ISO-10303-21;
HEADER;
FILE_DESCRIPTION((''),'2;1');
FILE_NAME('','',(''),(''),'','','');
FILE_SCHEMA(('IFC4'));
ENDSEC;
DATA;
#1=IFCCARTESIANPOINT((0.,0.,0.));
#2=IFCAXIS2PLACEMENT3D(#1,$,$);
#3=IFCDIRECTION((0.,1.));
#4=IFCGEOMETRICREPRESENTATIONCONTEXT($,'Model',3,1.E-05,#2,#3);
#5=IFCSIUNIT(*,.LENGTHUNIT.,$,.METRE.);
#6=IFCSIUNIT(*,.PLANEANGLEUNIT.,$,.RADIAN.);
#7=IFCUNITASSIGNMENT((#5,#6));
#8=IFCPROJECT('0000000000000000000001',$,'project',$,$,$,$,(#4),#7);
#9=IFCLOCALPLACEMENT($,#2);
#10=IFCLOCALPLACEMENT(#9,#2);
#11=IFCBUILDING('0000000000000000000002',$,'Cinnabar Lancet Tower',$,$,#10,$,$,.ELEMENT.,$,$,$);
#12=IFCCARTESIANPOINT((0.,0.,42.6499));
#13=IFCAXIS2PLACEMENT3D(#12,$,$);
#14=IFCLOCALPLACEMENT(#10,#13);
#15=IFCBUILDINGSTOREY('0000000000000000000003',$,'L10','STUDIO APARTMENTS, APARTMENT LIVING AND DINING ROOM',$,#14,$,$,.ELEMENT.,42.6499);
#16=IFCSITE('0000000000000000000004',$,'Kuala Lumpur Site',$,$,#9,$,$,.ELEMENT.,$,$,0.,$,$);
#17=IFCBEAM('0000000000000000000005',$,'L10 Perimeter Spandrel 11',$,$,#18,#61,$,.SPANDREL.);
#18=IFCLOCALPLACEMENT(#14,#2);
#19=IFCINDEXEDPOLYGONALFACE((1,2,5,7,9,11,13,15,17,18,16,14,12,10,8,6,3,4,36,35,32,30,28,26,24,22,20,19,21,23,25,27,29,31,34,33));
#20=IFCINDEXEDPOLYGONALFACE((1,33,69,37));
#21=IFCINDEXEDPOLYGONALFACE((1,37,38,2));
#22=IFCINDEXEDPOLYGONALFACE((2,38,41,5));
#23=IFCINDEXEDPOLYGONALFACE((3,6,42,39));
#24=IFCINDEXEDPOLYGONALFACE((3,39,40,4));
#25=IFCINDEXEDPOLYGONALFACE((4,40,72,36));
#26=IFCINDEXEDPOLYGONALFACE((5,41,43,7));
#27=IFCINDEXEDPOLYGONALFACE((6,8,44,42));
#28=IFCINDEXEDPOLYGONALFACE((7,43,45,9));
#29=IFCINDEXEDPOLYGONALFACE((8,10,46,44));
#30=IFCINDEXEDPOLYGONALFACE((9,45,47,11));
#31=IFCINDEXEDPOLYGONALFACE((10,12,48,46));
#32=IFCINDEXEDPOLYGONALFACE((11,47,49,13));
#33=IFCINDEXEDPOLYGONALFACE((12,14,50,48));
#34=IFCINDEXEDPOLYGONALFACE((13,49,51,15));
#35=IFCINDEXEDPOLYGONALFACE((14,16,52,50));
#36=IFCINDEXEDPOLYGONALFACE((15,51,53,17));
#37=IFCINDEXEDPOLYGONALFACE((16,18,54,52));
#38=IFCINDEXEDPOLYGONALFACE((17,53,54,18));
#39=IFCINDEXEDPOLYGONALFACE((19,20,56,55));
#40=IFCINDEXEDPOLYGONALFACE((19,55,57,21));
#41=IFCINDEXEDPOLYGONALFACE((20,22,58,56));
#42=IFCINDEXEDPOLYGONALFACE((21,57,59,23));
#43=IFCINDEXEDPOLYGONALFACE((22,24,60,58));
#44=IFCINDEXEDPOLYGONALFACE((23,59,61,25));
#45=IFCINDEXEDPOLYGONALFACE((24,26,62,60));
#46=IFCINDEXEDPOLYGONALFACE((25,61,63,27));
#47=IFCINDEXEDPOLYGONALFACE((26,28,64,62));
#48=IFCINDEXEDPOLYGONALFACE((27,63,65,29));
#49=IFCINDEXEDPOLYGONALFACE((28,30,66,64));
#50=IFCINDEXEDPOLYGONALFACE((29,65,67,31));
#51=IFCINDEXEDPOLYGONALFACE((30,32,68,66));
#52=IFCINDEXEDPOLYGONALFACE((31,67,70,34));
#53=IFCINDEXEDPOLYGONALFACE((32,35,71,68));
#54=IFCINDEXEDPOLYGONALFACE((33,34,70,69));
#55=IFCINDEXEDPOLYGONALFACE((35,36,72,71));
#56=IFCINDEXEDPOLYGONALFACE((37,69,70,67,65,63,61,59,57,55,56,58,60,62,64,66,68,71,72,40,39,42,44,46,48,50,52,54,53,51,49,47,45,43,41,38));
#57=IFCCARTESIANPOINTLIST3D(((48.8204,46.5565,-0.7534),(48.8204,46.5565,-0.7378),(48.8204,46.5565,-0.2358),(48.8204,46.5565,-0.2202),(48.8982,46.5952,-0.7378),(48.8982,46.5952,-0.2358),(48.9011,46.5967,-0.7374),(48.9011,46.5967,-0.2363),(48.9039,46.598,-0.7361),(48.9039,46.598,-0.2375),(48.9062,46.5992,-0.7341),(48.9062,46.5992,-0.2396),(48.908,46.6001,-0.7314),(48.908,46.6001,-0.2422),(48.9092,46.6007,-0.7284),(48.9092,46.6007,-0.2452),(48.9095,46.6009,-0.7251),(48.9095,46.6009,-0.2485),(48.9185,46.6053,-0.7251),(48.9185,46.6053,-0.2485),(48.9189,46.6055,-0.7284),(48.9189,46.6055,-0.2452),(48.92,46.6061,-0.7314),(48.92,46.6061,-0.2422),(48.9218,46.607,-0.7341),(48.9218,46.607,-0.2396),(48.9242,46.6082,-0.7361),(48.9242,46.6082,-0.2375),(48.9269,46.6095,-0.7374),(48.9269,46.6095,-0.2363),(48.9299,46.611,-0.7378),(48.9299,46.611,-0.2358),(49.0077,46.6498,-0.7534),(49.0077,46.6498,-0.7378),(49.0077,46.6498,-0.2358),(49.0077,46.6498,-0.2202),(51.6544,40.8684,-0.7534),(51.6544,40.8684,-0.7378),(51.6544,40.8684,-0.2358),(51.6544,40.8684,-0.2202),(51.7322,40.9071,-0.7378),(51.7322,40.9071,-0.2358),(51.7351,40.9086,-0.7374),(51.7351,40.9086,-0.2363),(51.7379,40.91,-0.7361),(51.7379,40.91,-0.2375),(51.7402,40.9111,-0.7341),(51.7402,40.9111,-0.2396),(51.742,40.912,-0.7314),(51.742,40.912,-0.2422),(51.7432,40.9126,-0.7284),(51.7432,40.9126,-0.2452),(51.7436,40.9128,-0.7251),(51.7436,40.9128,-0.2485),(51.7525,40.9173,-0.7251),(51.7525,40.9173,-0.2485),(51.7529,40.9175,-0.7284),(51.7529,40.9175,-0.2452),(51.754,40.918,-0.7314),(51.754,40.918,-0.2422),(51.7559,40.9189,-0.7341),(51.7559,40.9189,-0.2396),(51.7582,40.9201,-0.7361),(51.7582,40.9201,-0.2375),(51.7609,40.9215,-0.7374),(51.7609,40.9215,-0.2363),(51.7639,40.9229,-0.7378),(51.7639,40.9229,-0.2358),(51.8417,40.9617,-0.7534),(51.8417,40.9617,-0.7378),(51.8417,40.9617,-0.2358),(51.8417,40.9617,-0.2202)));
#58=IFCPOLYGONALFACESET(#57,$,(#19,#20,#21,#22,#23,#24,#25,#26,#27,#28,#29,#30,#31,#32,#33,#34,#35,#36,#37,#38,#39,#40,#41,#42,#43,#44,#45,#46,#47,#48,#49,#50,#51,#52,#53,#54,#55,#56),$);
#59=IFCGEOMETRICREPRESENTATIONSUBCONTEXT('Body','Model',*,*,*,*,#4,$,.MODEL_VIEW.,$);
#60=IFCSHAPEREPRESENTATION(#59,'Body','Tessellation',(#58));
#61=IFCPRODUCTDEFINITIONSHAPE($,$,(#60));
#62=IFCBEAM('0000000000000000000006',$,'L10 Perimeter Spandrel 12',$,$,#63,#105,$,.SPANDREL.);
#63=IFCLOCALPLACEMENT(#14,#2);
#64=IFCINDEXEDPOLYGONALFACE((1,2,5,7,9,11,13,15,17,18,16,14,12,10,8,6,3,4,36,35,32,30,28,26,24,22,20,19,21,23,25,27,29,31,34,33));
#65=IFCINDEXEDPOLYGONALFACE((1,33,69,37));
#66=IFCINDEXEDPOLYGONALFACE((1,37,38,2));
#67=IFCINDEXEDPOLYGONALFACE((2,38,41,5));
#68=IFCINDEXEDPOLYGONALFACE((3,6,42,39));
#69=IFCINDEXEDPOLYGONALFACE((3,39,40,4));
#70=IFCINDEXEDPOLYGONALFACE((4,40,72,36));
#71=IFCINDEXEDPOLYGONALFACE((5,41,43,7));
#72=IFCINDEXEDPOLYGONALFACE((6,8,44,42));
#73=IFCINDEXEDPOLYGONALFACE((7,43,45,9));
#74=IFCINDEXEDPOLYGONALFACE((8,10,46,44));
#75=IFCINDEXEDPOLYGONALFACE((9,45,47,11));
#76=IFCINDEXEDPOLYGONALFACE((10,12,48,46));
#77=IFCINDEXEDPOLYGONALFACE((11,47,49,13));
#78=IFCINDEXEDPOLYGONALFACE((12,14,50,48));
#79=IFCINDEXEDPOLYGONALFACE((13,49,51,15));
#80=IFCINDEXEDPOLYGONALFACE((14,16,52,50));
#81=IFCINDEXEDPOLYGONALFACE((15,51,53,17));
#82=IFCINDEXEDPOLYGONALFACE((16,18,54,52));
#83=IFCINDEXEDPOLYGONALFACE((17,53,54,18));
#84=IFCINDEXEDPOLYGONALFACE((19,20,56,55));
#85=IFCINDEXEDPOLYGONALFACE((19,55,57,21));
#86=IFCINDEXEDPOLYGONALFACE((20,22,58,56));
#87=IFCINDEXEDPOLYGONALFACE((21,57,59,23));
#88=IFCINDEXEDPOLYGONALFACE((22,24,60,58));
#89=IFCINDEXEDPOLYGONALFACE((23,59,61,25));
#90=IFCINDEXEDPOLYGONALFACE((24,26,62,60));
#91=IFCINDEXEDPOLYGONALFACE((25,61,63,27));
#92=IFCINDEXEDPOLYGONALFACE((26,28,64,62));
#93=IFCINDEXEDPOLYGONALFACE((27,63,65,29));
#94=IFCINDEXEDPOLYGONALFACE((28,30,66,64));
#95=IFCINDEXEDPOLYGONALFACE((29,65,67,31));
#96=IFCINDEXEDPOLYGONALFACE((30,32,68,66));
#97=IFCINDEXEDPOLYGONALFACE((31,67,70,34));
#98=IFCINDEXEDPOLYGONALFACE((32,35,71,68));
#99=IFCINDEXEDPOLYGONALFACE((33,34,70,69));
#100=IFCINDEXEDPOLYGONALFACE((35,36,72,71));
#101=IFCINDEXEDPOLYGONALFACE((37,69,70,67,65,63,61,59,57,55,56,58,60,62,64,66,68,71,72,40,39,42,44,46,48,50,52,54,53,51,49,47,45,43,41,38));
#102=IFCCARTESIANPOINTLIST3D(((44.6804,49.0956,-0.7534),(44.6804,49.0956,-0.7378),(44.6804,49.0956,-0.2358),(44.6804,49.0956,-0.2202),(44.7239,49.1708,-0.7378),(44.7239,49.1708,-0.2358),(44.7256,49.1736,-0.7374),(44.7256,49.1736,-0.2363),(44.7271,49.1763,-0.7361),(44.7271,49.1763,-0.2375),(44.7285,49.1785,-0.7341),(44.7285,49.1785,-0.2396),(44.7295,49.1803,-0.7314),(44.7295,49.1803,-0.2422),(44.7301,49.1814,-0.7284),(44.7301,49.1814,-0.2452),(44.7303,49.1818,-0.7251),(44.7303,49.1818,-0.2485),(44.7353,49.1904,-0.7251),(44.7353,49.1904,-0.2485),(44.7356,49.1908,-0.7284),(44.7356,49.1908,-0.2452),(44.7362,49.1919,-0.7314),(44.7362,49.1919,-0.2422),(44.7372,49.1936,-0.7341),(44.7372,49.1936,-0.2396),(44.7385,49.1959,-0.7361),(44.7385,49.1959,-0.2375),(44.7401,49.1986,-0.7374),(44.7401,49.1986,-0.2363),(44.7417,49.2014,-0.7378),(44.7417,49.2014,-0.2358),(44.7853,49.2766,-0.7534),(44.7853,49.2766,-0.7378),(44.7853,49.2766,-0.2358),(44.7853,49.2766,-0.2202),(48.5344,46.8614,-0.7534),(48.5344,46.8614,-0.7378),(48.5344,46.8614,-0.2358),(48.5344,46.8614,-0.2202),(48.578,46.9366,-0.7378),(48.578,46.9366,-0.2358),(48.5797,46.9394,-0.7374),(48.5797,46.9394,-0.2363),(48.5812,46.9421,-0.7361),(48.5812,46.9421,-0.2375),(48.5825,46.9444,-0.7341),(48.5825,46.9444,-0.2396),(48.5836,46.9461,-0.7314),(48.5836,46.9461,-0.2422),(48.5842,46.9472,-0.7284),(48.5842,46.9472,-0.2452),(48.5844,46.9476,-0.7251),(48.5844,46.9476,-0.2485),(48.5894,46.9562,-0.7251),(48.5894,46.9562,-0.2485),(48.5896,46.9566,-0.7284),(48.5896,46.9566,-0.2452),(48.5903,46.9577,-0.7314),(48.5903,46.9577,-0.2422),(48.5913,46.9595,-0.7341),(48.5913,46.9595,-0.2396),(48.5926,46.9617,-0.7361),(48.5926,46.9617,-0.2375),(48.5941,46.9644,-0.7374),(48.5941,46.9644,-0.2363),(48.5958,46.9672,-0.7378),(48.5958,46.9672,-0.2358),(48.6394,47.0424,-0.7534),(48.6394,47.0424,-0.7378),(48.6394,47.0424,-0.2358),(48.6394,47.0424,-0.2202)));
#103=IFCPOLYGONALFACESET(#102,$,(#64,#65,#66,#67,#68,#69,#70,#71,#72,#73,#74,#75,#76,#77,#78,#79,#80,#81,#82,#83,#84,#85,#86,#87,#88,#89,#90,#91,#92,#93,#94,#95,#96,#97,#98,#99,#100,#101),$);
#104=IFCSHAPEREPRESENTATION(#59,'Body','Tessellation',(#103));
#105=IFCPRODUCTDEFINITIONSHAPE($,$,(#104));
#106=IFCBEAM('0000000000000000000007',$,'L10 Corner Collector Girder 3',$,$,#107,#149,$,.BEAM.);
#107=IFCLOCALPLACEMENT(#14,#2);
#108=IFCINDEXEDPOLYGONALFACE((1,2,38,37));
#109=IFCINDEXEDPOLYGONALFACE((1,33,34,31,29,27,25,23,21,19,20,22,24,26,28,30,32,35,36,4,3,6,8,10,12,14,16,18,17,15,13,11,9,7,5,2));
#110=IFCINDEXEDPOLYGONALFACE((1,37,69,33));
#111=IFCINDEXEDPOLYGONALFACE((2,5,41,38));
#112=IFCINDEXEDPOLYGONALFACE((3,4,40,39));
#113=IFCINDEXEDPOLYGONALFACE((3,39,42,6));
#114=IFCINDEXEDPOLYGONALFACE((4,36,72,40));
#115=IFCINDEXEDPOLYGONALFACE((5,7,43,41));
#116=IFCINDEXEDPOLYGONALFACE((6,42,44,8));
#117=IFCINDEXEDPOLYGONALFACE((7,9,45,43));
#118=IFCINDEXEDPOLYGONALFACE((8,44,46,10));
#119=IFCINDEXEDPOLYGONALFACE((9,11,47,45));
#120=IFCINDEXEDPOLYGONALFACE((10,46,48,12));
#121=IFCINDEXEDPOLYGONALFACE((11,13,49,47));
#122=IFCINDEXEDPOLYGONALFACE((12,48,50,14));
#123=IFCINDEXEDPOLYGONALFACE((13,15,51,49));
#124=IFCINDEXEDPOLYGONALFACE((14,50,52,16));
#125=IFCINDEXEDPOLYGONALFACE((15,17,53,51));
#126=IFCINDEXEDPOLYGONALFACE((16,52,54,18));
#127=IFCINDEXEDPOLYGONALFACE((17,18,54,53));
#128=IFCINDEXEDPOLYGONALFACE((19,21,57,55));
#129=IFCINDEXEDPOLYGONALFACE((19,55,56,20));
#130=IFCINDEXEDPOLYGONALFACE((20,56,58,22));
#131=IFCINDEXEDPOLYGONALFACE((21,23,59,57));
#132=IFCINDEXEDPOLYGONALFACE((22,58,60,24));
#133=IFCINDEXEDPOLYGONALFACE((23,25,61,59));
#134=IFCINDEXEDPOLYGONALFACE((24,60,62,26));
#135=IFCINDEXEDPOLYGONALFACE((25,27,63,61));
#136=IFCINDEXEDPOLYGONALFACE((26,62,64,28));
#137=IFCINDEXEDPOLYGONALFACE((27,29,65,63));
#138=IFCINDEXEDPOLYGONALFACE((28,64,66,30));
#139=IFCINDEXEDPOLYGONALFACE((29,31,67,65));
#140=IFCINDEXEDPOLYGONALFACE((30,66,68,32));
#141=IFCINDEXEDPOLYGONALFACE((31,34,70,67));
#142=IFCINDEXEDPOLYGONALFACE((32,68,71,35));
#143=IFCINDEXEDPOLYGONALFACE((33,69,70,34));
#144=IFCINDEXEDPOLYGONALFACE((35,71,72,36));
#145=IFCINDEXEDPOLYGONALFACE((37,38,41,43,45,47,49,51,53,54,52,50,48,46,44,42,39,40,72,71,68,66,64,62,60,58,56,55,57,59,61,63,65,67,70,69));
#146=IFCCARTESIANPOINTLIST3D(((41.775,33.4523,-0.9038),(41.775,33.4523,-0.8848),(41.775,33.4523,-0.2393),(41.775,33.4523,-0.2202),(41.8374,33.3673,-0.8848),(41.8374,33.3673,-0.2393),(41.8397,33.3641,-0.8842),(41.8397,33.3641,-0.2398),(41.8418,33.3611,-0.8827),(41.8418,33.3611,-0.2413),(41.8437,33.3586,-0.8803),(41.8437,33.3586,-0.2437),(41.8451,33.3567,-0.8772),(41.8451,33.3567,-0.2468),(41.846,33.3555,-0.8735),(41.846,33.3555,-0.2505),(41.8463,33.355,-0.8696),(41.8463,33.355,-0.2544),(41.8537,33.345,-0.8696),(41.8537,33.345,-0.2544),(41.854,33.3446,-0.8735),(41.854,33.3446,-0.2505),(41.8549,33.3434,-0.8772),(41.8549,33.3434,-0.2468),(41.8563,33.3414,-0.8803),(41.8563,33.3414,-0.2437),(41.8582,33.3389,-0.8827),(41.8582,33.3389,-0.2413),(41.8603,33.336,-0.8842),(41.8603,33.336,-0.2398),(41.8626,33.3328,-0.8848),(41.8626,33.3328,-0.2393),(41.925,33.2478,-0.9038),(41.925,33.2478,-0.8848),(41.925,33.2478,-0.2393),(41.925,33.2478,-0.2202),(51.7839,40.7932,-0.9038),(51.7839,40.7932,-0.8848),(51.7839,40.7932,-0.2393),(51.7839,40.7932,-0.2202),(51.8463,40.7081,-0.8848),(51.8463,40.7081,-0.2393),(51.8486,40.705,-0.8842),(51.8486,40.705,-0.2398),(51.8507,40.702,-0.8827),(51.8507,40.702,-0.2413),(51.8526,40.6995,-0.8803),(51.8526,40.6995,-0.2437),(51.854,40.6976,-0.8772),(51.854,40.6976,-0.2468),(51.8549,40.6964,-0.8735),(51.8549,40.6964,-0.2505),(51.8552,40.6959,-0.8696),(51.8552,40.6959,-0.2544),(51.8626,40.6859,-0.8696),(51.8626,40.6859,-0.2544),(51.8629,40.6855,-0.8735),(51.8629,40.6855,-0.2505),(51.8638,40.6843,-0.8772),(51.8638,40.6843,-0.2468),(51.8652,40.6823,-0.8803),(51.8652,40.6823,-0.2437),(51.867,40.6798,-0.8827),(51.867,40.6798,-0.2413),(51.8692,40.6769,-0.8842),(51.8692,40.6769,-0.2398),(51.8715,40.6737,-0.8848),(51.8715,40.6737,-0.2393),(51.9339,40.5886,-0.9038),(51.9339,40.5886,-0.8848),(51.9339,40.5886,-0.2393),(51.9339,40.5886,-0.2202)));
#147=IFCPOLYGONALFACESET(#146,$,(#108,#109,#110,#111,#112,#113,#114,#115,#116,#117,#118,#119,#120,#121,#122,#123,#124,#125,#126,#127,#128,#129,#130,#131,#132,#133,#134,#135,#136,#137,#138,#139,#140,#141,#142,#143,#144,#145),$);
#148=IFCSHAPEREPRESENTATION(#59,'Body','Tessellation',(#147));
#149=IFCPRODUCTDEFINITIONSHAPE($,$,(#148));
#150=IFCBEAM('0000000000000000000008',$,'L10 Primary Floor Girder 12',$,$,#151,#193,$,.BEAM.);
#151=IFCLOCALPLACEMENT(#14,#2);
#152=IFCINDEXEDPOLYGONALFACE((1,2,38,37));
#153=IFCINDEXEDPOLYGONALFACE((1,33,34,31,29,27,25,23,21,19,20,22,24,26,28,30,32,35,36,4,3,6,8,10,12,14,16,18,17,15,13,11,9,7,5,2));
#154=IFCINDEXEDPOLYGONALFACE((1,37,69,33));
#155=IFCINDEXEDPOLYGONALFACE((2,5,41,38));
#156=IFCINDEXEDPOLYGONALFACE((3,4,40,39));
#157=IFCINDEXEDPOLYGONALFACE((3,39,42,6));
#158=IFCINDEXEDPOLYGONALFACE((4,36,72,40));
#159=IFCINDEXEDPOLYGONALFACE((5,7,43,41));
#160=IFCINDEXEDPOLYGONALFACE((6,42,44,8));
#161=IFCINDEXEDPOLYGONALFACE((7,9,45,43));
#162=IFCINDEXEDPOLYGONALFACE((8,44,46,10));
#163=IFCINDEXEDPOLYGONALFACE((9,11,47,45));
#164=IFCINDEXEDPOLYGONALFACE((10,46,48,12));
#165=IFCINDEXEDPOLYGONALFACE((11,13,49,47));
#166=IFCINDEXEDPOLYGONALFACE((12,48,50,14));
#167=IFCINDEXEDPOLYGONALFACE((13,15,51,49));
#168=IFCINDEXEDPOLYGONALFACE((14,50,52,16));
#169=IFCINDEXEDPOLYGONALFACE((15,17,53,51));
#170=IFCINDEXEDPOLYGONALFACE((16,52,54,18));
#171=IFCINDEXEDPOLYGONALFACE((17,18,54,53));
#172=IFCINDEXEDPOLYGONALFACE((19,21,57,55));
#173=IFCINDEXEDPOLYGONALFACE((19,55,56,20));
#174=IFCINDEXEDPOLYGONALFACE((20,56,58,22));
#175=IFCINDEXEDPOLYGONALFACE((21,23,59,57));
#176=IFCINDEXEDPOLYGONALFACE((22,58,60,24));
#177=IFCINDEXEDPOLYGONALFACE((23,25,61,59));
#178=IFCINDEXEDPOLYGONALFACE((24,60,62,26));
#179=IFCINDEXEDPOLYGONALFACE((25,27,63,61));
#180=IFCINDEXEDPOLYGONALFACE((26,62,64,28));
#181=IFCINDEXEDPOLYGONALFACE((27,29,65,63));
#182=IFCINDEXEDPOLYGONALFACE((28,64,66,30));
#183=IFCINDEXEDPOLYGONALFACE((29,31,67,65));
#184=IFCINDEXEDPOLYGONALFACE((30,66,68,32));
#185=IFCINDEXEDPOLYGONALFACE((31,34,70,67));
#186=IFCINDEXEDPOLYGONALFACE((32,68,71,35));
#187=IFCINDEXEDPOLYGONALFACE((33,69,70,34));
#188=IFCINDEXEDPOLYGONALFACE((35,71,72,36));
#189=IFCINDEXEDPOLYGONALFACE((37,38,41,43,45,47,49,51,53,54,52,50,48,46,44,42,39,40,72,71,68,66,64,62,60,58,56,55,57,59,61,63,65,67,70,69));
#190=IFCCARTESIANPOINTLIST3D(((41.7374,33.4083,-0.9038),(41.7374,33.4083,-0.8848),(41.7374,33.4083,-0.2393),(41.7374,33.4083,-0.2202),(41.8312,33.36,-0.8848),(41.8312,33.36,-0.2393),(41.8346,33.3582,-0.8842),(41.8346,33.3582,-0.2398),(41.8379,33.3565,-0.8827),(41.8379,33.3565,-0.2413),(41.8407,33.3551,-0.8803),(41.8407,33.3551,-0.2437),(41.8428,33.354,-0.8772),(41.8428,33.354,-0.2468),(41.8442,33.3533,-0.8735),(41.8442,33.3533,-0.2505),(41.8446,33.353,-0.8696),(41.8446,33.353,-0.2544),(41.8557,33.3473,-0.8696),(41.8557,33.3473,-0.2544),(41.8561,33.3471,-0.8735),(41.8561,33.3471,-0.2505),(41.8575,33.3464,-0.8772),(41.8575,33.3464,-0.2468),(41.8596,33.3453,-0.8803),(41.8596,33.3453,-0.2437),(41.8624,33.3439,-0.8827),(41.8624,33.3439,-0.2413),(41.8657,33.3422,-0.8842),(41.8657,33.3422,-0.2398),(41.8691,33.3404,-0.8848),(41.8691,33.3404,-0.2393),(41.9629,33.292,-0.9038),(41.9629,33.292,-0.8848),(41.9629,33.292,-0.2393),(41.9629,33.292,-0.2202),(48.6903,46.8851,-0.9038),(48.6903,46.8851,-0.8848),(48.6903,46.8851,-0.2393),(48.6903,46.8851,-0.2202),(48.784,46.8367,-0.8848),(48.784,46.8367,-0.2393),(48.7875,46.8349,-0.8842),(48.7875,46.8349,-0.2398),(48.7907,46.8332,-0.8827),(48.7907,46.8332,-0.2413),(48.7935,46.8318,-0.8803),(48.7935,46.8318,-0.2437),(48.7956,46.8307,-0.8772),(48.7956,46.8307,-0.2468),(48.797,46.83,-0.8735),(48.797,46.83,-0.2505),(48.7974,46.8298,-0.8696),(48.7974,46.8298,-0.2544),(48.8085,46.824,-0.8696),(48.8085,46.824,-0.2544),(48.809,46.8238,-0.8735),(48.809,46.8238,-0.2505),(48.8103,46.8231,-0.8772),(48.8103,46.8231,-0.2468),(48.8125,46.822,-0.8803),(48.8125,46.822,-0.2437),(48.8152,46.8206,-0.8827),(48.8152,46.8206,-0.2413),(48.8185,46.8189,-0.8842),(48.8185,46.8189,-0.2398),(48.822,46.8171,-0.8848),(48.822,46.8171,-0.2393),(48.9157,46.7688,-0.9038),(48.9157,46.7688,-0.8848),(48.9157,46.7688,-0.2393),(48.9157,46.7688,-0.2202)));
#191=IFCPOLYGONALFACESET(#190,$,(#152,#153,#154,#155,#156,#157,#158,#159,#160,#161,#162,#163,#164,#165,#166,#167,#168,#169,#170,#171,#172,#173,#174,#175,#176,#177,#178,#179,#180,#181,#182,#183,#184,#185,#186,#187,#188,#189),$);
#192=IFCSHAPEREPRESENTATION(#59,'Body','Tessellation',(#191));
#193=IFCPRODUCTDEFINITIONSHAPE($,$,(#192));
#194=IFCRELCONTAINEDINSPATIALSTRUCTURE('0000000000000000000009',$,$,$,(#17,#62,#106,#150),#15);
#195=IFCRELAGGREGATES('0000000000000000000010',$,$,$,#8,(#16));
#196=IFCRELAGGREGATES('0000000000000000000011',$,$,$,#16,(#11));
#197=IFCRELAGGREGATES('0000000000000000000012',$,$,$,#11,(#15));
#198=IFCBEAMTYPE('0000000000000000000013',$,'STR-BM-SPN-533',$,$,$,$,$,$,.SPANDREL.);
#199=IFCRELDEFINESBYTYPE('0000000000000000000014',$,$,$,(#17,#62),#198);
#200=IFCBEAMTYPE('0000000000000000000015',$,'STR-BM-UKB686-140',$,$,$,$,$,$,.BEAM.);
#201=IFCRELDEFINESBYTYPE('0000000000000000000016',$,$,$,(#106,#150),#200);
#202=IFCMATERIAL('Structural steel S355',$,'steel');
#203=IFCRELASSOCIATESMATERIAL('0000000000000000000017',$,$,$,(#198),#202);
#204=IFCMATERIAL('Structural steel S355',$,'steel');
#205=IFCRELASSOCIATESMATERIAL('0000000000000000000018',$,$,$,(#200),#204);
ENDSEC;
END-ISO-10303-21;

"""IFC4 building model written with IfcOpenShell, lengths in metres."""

from ifc_helpers import new_model, si_unit, direction, frame, origin, origin_2d, place, context, subcontext, project, spatial, i_section, extrude, material, material_profile, profile_set, type_object, element, save


model = new_model("IFC4")

# Units and contexts
model_context = context("Model", 3, precision=1e-05, world=origin(), true_north=direction((0.0, 1.0)))
body_context = subcontext(model_context, "Body", "Model", "MODEL_VIEW")
ifc_project = project(units=[si_unit("LENGTHUNIT", "METRE"), si_unit("PLANEANGLEUNIT", "RADIAN")], contexts=[model_context])

# Site, building, storey
site_placement = place(None, origin())
site = spatial("IfcSite", under=ifc_project, at=site_placement, Name="Kuala Lumpur Site", CompositionType="ELEMENT", RefElevation=0.0)
building_placement = place(site_placement, origin())
building = spatial("IfcBuilding", under=site, at=building_placement, Name="Cinnabar Lancet Tower", CompositionType="ELEMENT")
storey_placement = place(building_placement, frame((0.0, 0.0, 42.6499)))
storey = spatial("IfcBuildingStorey", under=building, at=storey_placement, Name="L10", Description="STUDIO APARTMENTS, APARTMENT LIVING AND DINING ROOM", CompositionType="ELEMENT", Elevation=42.6499)

# Beams
ifc_material_1 = material(Name="Structural steel S355", Category="steel")
ifc_material_profile_1 = material_profile(ifc_material_1, i_section(OverallWidth=0.2092, OverallDepth=0.5332, WebThickness=0.01, FlangeThickness=0.0156, FilletRadius=0.0127, at=origin_2d()), Name="UKB 533x210x92")
ifc_profile_set_1 = profile_set([ifc_material_profile_1], Name="Structural steel S355")
beam_type_1 = type_object("IfcBeamType", Name="STR-BM-SPN-533", PredefinedType="SPANDREL", material=ifc_profile_set_1)
beam_1_placement = place(storey_placement, frame((51.748, 40.915, -0.4868), z_axis=(-0.445953, 0.895056, 0.0), x_axis=(-0.895056, -0.445953, 0.0)))
element("IfcBeam", 1, at=beam_1_placement, inside=storey, type_object=beam_type_1, Name="L10 Perimeter Spandrel 11", PredefinedType="SPANDREL", context=body_context, shape_type="SweptSolid", body=[
    extrude(i_section(OverallWidth=0.2092, OverallDepth=0.5332, WebThickness=0.01, FlangeThickness=0.0156, FilletRadius=0.0127, at=origin_2d()), origin(), (0.0, 0.0, 1.0), 6.355),
])
beam_2_placement = place(storey_placement, frame((48.5869, 46.9519, -0.4868), z_axis=(-0.865147, 0.501518, 0.0), x_axis=(-0.501518, -0.865147, 0.0)))
element("IfcBeam", 2, at=beam_2_placement, inside=storey, type_object=beam_type_1, Name="L10 Perimeter Spandrel 12", PredefinedType="SPANDREL", context=body_context, shape_type="SweptSolid", body=[
    extrude(i_section(OverallWidth=0.2092, OverallDepth=0.5332, WebThickness=0.01, FlangeThickness=0.0156, FilletRadius=0.0127, at=origin_2d()), origin(), (0.0, 0.0, 1.0), 4.4548),
])
ifc_material_2 = material(Name="Structural steel S355", Category="steel")
ifc_material_profile_2 = material_profile(ifc_material_2, i_section(OverallWidth=0.2537, OverallDepth=0.6836, WebThickness=0.0125, FlangeThickness=0.019, FilletRadius=0.0151, at=origin_2d()), Name="UKB 686x254x140")
ifc_profile_set_2 = profile_set([ifc_material_profile_2], Name="Structural steel S355")
beam_type_2 = type_object("IfcBeamType", Name="STR-BM-UKB686-140", PredefinedType="BEAM", material=ifc_profile_set_2)
beam_3_placement = place(storey_placement, frame((51.8589, 40.6909, -0.562), z_axis=(-0.806365, -0.591418, 0.0), x_axis=(0.591418, -0.806365, 0.0)))
element("IfcBeam", 3, at=beam_3_placement, inside=storey, type_object=beam_type_2, Name="L10 Corner Collector Girder 3", PredefinedType="BEAM", context=body_context, shape_type="SweptSolid", body=[
    extrude(i_section(OverallWidth=0.2537, OverallDepth=0.6836, WebThickness=0.0125, FlangeThickness=0.019, FilletRadius=0.0151, at=origin_2d()), origin(), (0.0, 0.0, 1.0), 12.4124),
])
beam_4_placement = place(storey_placement, frame((48.803, 46.8269, -0.562), z_axis=(-0.458492, -0.888698, 0.0), x_axis=(0.888698, -0.458492, 0.0)))
element("IfcBeam", 4, at=beam_4_placement, inside=storey, type_object=beam_type_2, Name="L10 Primary Floor Girder 12", PredefinedType="BEAM", context=body_context, shape_type="SweptSolid", body=[
    extrude(i_section(OverallWidth=0.2537, OverallDepth=0.6836, WebThickness=0.0125, FlangeThickness=0.019, FilletRadius=0.0151, at=origin_2d()), origin(), (0.0, 0.0, 1.0), 15.1646),
])

save(model, "model.ifc")
